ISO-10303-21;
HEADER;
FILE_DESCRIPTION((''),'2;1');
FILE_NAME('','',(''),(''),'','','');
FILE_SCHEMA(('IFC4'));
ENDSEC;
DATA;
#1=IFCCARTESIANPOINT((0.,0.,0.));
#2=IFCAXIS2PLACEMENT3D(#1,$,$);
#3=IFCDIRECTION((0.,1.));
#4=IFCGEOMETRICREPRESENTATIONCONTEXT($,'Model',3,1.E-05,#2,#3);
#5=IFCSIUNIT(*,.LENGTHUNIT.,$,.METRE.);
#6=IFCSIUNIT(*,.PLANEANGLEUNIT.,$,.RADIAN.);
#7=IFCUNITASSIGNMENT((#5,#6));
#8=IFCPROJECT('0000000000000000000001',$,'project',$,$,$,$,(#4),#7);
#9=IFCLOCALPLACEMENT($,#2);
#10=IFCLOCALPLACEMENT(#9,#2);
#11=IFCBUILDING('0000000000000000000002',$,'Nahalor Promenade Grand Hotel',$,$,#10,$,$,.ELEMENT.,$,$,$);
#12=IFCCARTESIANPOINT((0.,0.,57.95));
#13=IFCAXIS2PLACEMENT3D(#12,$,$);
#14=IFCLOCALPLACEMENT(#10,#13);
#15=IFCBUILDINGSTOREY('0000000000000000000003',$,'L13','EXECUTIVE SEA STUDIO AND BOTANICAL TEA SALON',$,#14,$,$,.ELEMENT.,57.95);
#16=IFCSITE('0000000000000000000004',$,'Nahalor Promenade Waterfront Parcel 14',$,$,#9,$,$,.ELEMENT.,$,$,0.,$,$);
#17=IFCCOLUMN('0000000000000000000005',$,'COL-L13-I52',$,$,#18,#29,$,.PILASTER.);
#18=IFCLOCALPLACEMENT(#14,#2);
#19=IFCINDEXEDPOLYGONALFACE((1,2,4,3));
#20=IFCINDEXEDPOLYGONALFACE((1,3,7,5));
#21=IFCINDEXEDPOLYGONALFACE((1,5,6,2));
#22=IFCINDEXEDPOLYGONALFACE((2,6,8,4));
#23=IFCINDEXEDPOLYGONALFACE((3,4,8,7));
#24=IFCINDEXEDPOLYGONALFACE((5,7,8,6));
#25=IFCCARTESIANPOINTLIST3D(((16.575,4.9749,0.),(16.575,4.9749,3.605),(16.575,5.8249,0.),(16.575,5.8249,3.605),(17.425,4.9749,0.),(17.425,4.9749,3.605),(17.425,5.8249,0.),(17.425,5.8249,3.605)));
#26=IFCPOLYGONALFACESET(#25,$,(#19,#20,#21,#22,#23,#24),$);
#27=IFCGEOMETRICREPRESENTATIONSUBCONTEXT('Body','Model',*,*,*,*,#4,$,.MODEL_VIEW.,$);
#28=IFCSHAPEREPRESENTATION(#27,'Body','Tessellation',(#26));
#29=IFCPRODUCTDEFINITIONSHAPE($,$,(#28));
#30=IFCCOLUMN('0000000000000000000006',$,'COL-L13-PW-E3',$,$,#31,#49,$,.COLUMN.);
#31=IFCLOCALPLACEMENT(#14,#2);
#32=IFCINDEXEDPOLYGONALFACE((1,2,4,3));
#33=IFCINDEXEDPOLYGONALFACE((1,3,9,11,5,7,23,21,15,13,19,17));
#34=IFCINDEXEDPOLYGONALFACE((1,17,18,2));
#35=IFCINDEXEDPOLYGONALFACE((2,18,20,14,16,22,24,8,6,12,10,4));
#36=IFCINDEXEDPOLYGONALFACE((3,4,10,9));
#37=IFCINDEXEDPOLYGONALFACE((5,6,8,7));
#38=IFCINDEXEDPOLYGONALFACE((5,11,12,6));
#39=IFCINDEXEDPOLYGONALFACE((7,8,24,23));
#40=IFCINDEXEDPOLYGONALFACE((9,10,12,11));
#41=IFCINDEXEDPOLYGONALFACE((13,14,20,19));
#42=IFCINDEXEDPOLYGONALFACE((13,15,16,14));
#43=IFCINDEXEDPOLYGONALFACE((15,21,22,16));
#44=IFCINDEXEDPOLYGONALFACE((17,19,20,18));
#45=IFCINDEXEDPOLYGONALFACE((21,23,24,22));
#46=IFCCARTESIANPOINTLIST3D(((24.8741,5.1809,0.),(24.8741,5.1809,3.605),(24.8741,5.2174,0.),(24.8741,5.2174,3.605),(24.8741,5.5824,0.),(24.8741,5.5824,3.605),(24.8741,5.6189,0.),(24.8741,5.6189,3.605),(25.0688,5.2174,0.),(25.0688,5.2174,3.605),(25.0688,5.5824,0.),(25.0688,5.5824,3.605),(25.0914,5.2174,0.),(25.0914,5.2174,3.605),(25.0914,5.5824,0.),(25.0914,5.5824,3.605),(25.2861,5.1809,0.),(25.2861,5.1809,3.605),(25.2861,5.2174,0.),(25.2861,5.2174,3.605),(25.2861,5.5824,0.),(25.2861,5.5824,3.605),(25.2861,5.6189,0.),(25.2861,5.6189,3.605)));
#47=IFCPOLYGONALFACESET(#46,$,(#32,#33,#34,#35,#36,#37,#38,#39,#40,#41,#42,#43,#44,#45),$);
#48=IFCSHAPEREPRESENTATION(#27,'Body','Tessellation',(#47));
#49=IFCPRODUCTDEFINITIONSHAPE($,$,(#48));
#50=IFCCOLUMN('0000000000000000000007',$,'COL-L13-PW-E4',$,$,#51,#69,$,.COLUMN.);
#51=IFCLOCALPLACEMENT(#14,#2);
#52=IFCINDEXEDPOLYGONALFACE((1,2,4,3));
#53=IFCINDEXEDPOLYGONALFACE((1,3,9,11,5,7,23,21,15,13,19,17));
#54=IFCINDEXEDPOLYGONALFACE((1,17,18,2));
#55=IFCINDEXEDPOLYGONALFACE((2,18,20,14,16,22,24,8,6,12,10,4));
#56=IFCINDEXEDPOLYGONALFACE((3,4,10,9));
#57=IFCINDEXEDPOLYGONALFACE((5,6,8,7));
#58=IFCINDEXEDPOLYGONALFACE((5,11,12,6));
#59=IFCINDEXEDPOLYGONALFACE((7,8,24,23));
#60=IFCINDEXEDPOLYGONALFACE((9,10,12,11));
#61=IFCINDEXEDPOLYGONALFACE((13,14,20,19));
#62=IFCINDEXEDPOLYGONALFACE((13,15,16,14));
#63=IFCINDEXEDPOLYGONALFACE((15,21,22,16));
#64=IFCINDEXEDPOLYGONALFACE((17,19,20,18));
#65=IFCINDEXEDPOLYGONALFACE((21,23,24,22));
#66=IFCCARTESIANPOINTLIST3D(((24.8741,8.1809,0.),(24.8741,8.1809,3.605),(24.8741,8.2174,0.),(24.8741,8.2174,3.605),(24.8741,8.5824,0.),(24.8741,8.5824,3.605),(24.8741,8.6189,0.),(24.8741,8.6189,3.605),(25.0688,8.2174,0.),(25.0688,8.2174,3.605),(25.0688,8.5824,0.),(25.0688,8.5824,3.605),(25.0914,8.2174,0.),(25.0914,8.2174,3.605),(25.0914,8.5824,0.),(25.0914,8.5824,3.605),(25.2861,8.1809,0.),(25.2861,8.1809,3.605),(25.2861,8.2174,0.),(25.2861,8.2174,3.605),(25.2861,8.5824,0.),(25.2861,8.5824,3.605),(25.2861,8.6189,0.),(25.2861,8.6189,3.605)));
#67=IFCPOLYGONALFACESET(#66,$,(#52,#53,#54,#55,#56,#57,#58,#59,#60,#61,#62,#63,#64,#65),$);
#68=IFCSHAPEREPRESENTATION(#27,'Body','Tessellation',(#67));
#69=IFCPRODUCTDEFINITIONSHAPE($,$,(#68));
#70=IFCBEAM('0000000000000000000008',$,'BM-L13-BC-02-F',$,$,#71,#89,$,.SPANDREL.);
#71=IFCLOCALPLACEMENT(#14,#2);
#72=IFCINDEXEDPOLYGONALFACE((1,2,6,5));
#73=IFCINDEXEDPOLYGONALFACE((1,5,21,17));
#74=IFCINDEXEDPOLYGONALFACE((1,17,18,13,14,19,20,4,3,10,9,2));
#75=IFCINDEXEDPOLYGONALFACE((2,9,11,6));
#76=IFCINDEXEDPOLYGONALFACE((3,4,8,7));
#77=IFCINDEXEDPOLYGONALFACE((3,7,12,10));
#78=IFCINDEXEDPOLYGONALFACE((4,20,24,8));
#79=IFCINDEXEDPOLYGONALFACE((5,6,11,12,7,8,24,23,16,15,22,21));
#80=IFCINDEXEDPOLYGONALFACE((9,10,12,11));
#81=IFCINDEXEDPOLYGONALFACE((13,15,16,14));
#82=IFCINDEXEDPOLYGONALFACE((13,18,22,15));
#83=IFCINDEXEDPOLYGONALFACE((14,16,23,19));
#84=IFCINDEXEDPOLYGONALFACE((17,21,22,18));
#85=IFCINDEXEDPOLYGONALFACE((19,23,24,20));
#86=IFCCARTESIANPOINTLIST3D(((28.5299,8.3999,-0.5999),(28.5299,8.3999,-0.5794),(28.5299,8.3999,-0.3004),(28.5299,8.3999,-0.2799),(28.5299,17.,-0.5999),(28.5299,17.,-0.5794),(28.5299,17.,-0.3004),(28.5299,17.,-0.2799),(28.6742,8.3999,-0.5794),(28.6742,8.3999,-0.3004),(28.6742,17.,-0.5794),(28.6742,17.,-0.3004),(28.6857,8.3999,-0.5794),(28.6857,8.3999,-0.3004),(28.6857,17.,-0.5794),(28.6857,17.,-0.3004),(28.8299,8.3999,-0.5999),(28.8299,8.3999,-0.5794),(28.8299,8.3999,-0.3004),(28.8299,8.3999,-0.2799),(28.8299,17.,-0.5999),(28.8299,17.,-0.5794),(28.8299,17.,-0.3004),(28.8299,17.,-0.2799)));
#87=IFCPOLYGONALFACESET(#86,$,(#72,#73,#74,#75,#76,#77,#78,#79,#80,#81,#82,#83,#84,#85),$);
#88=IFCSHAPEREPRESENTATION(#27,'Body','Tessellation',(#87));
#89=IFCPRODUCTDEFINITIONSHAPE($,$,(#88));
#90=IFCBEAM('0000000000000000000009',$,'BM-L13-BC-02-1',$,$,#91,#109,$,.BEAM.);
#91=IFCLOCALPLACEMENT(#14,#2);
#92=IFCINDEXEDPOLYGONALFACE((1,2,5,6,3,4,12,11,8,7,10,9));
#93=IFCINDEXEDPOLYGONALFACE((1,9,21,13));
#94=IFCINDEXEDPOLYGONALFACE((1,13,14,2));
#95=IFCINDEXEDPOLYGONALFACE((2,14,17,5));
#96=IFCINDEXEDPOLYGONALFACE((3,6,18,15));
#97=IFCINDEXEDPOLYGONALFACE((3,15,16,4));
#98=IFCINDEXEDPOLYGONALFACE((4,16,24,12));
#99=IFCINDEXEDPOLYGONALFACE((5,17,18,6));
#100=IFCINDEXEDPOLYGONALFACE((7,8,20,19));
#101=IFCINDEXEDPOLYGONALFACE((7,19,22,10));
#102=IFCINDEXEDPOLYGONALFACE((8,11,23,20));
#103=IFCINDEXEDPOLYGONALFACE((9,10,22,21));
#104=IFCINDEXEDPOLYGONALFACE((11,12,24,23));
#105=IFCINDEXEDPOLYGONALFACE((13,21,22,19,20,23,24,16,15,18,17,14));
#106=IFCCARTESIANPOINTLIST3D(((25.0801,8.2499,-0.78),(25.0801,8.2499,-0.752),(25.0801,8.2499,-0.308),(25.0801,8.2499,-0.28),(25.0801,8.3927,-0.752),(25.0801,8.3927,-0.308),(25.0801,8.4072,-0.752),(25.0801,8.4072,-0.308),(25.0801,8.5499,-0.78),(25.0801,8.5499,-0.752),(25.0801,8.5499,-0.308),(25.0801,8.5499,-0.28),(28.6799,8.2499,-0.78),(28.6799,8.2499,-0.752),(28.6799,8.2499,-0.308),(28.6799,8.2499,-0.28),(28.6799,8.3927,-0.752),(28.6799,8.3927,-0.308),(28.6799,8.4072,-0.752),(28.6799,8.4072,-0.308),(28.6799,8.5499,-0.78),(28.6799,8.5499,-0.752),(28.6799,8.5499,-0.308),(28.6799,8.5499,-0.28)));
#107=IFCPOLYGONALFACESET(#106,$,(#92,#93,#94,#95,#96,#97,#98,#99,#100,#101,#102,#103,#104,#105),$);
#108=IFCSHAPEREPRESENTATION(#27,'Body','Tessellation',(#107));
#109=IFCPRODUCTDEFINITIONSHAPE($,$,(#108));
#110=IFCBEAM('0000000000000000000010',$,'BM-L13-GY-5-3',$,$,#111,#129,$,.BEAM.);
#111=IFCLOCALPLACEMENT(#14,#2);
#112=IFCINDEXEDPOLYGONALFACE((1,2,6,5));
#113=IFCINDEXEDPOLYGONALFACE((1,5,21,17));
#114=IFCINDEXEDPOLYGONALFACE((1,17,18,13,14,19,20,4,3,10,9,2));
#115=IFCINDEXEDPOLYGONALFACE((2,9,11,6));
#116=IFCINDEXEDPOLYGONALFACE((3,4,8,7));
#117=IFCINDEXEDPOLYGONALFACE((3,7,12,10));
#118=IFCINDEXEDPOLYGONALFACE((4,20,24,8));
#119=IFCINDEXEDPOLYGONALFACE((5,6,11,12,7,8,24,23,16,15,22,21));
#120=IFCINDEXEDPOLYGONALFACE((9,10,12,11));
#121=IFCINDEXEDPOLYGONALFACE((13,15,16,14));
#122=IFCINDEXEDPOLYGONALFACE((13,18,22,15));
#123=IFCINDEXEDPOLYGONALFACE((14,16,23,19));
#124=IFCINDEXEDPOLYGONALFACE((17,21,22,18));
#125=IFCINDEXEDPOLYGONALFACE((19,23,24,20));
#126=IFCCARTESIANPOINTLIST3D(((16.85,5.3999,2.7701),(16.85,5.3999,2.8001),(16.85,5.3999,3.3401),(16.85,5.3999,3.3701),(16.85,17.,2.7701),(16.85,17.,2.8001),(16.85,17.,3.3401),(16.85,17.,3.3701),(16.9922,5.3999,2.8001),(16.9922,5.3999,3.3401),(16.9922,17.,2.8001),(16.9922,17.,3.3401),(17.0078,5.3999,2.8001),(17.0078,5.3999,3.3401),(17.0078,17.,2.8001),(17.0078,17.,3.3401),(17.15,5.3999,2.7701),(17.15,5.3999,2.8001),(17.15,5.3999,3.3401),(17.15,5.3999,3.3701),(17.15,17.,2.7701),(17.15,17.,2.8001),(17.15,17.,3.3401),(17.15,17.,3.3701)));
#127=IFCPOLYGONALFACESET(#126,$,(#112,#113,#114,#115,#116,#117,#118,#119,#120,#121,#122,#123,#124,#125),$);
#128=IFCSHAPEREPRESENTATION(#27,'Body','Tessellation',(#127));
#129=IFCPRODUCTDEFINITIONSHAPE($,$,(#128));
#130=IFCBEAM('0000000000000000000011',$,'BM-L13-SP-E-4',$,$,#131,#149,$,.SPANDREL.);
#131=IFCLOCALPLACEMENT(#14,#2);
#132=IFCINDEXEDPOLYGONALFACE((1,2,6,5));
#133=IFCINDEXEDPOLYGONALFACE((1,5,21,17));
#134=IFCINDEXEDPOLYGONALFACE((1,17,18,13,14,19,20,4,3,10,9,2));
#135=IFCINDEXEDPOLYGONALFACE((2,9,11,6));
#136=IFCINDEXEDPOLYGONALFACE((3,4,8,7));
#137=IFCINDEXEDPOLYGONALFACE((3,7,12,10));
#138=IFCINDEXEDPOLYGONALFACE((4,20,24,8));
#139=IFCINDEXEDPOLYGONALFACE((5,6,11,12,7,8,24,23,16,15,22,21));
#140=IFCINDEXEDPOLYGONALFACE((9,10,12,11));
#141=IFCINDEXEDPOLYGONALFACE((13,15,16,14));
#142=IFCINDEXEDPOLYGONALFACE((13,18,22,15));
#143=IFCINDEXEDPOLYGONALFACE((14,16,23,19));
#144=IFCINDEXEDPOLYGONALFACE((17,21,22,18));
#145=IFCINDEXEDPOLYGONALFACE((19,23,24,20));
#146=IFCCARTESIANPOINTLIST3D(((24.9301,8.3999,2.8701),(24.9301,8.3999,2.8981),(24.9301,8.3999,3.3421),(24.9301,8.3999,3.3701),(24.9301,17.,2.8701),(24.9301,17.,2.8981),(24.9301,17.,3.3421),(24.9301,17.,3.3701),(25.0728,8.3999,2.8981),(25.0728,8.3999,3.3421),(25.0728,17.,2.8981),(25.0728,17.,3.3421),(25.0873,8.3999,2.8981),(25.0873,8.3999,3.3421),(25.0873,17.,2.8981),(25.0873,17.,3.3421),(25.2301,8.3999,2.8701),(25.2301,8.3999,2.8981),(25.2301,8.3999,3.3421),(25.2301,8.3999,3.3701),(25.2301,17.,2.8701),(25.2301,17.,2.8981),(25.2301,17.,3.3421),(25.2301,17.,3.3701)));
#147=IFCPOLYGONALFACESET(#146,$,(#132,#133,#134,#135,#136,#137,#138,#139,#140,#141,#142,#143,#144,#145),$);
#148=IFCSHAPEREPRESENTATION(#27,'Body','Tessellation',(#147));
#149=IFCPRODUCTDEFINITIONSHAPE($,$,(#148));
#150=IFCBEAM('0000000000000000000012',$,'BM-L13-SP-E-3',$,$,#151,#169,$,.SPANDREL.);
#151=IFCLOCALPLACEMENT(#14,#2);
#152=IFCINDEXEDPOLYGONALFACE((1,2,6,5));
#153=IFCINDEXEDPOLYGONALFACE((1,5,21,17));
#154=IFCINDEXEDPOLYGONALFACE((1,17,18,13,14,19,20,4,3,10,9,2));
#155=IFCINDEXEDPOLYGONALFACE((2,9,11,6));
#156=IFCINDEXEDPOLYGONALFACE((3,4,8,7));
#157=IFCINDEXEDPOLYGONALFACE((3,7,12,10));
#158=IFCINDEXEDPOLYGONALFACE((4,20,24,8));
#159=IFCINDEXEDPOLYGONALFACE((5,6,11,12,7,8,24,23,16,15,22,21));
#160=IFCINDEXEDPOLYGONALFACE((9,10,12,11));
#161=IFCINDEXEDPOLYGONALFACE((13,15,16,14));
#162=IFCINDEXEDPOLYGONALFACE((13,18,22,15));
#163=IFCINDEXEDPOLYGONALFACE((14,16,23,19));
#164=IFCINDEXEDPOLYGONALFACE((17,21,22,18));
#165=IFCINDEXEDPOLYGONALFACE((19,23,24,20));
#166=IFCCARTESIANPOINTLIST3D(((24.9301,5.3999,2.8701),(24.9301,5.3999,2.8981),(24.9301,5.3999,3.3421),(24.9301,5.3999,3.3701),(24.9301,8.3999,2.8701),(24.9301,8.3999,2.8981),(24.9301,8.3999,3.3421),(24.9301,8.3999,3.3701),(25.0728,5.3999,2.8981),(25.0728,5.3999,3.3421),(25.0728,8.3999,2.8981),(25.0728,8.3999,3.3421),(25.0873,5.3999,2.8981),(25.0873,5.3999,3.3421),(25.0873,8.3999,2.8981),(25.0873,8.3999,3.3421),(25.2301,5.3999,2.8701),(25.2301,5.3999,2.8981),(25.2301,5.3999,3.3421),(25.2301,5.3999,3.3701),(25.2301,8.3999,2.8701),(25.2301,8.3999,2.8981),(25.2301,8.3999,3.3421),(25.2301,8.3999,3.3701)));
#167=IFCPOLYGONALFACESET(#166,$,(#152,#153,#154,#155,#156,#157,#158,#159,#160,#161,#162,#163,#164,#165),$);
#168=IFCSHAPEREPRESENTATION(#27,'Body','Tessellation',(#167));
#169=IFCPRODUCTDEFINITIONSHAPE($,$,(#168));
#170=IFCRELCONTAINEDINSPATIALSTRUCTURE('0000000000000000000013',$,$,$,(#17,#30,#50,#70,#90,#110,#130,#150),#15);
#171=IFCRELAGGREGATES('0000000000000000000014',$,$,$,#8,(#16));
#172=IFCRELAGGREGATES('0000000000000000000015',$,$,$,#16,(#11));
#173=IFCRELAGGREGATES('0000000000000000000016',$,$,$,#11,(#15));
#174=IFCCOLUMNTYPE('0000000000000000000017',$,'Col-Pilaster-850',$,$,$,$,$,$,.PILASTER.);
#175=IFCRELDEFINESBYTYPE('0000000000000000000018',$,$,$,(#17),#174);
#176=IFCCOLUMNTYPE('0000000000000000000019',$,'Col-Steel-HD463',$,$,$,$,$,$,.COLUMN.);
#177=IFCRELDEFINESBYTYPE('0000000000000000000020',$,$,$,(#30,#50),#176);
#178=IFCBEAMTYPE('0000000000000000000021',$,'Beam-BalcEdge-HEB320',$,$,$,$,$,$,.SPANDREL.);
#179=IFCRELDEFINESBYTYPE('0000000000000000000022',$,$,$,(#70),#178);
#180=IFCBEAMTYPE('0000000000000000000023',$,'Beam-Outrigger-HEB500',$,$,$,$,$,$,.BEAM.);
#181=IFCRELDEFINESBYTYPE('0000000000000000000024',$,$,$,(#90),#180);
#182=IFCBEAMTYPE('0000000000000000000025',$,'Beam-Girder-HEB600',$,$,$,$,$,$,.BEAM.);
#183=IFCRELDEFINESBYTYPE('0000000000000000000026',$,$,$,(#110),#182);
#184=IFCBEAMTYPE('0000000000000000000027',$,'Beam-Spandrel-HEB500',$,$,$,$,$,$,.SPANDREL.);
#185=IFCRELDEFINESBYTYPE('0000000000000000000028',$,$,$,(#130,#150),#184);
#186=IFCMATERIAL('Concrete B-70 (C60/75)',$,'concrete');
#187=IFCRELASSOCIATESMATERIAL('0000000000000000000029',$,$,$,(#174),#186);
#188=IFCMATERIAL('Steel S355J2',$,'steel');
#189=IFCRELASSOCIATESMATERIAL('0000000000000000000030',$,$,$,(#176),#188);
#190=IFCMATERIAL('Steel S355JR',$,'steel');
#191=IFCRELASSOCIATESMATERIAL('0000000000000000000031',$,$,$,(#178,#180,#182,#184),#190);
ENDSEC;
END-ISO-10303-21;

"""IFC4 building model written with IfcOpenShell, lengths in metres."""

from ifc_helpers import new_model, si_unit, direction, frame, origin, origin_2d, place, context, subcontext, project, spatial, rectangle, i_section, extrude, source, transform, mapped, material, material_profile, profile_set, type_object, element, save


model = new_model("IFC4")

# Units and contexts
model_context = context("Model", 3, precision=1e-05, world=origin(), true_north=direction((0.0, 1.0)))
body_context = subcontext(model_context, "Body", "Model", "MODEL_VIEW")
ifc_project = project(units=[si_unit("LENGTHUNIT", "METRE"), si_unit("PLANEANGLEUNIT", "RADIAN")], contexts=[model_context])

# Site, building, storey
site_placement = place(None, origin())
site = spatial("IfcSite", under=ifc_project, at=site_placement, Name="Nahalor Promenade Waterfront Parcel 14", CompositionType="ELEMENT", RefElevation=0.0)
building_placement = place(site_placement, origin())
building = spatial("IfcBuilding", under=site, at=building_placement, Name="Nahalor Promenade Grand Hotel", CompositionType="ELEMENT")
storey_placement = place(building_placement, frame((0.0, 0.0, 57.95)))
storey = spatial("IfcBuildingStorey", under=building, at=storey_placement, Name="L13", Description="EXECUTIVE SEA STUDIO AND BOTANICAL TEA SALON", CompositionType="ELEMENT", Elevation=57.95)

# Columns
ifc_material_1 = material(Name="Concrete B-70 (C60/75)", Category="concrete")
ifc_material_profile_1 = material_profile(ifc_material_1, rectangle(XDim=0.85, YDim=0.85, at=origin_2d()), Name="RC 850x850")
ifc_profile_set_1 = profile_set([ifc_material_profile_1], Name="Concrete B-70 (C60/75)")
column_type_1 = type_object("IfcColumnType", Name="Col-Pilaster-850", PredefinedType="PILASTER", material=ifc_profile_set_1)
shared_shape_1 = source(origin(), body_context, "Body", "SweptSolid", [
    extrude(rectangle(XDim=0.85, YDim=0.85, at=origin_2d()), origin(), (0.0, 0.0, 1.0), 3.605),
])
column_placement = place(storey_placement, frame((17.0, 5.3999, 0.0), z_axis=(0.0, 0.0, 1.0), x_axis=(1.0, 0.0, 0.0)))
element("IfcColumn", 1, at=column_placement, inside=storey, type_object=column_type_1, Name="COL-L13-I52", PredefinedType="PILASTER", context=body_context, shape_type="MappedRepresentation", body=[
    mapped(shared_shape_1, transform((0.0, 0.0, 0.0), scale=1.0)),
])
ifc_material_2 = material(Name="Steel S355J2", Category="steel")
ifc_material_profile_2 = material_profile(ifc_material_2, i_section(OverallWidth=0.412, OverallDepth=0.438, WebThickness=0.0226, FlangeThickness=0.0365, at=origin_2d()), Name="HD 400x463")
ifc_profile_set_2 = profile_set([ifc_material_profile_2], Name="Steel S355J2")
column_type_2 = type_object("IfcColumnType", Name="Col-Steel-HD463", PredefinedType="COLUMN", material=ifc_profile_set_2)
shared_shape_2 = source(origin(), body_context, "Body", "SweptSolid", [
    extrude(i_section(OverallWidth=0.412, OverallDepth=0.438, WebThickness=0.0226, FlangeThickness=0.0365, at=origin_2d()), origin(), (0.0, 0.0, 1.0), 3.605),
])
for number, where, z_axis, x_axis, name in (
    (2, (25.0801, 5.3999, 0.0), (0.0, 0.0, 1.0), (1.0, 0.0, 0.0), "COL-L13-PW-E3"),
    (3, (25.0801, 8.3999, 0.0), (0.0, 0.0, 1.0), (1.0, 0.0, 0.0), "COL-L13-PW-E4"),
):
    element("IfcColumn", number, at=place(storey_placement, frame(where, z_axis=z_axis, x_axis=x_axis)), inside=storey, type_object=column_type_2, Name=name, PredefinedType="COLUMN", context=body_context, shape_type="MappedRepresentation", body=[
        mapped(shared_shape_2, transform((0.0, 0.0, 0.0), scale=1.0)),
    ])

# Beams
ifc_material_3 = material(Name="Steel S355JR", Category="steel")
ifc_material_profile_3 = material_profile(ifc_material_3, i_section(OverallWidth=0.3, OverallDepth=0.32, WebThickness=0.0115, FlangeThickness=0.0205, at=origin_2d()), Name="HEB 320")
ifc_profile_set_3 = profile_set([ifc_material_profile_3], Name="Steel S355JR")
beam_type_1 = type_object("IfcBeamType", Name="Beam-BalcEdge-HEB320", PredefinedType="SPANDREL", material=ifc_profile_set_3)
shared_shape_3 = source(origin(), body_context, "Body", "SweptSolid", [
    extrude(i_section(OverallWidth=0.3, OverallDepth=0.32, WebThickness=0.0115, FlangeThickness=0.0205, at=origin_2d()), origin(), (0.0, 0.0, 1.0), 8.6001),
])
beam_1_placement = place(storey_placement, frame((28.6799, 8.3999, -0.4399), z_axis=(0.0, 1.0, 0.0), x_axis=(-1.0, 0.0, 0.0)))
element("IfcBeam", 4, at=beam_1_placement, inside=storey, type_object=beam_type_1, Name="BM-L13-BC-02-F", PredefinedType="SPANDREL", context=body_context, shape_type="MappedRepresentation", body=[
    mapped(shared_shape_3, transform((0.0, 0.0, 0.0), scale=1.0)),
])
ifc_material_profile_4 = material_profile(ifc_material_3, i_section(OverallWidth=0.3, OverallDepth=0.5, WebThickness=0.0145, FlangeThickness=0.028, at=origin_2d()), Name="HEB 500")
ifc_profile_set_4 = profile_set([ifc_material_profile_4], Name="Steel S355JR")
beam_type_2 = type_object("IfcBeamType", Name="Beam-Outrigger-HEB500", PredefinedType="BEAM", material=ifc_profile_set_4)
shared_shape_4 = source(origin(), body_context, "Body", "SweptSolid", [
    extrude(i_section(OverallWidth=0.3, OverallDepth=0.5, WebThickness=0.0145, FlangeThickness=0.028, at=origin_2d()), origin(), (0.0, 0.0, 1.0), 3.5999),
])
beam_2_placement = place(storey_placement, frame((25.0801, 8.3999, -0.53), z_axis=(1.0, 0.0, 0.0), x_axis=(0.0, 1.0, 0.0)))
element("IfcBeam", 5, at=beam_2_placement, inside=storey, type_object=beam_type_2, Name="BM-L13-BC-02-1", PredefinedType="BEAM", context=body_context, shape_type="MappedRepresentation", body=[
    mapped(shared_shape_4, transform((0.0, 0.0, 0.0), scale=1.0)),
])
ifc_material_profile_5 = material_profile(ifc_material_3, i_section(OverallWidth=0.3, OverallDepth=0.6, WebThickness=0.0155, FlangeThickness=0.03, at=origin_2d()), Name="HEB 600")
ifc_profile_set_5 = profile_set([ifc_material_profile_5], Name="Steel S355JR")
beam_type_3 = type_object("IfcBeamType", Name="Beam-Girder-HEB600", PredefinedType="BEAM", material=ifc_profile_set_5)
shared_shape_5 = source(origin(), body_context, "Body", "SweptSolid", [
    extrude(i_section(OverallWidth=0.3, OverallDepth=0.6, WebThickness=0.0155, FlangeThickness=0.03, at=origin_2d()), origin(), (0.0, 0.0, 1.0), 11.6001),
])
beam_3_placement = place(storey_placement, frame((17.0, 5.3999, 3.0701), z_axis=(0.0, 1.0, 0.0), x_axis=(-1.0, 0.0, 0.0)))
element("IfcBeam", 6, at=beam_3_placement, inside=storey, type_object=beam_type_3, Name="BM-L13-GY-5-3", PredefinedType="BEAM", context=body_context, shape_type="MappedRepresentation", body=[
    mapped(shared_shape_5, transform((0.0, 0.0, 0.0), scale=1.0)),
])
ifc_material_profile_6 = material_profile(ifc_material_3, i_section(OverallWidth=0.3, OverallDepth=0.5, WebThickness=0.0145, FlangeThickness=0.028, at=origin_2d()), Name="HEB 500")
ifc_profile_set_6 = profile_set([ifc_material_profile_6], Name="Steel S355JR")
beam_type_4 = type_object("IfcBeamType", Name="Beam-Spandrel-HEB500", PredefinedType="SPANDREL", material=ifc_profile_set_6)
shared_shape_6 = source(origin(), body_context, "Body", "SweptSolid", [
    extrude(i_section(OverallWidth=0.3, OverallDepth=0.5, WebThickness=0.0145, FlangeThickness=0.028, at=origin_2d()), origin(), (0.0, 0.0, 1.0), 8.6001),
])
beam_4_placement = place(storey_placement, frame((25.0801, 8.3999, 3.1201), z_axis=(0.0, 1.0, 0.0), x_axis=(-1.0, 0.0, 0.0)))
element("IfcBeam", 7, at=beam_4_placement, inside=storey, type_object=beam_type_4, Name="BM-L13-SP-E-4", PredefinedType="SPANDREL", context=body_context, shape_type="MappedRepresentation", body=[
    mapped(shared_shape_6, transform((0.0, 0.0, 0.0), scale=1.0)),
])
shared_shape_7 = source(origin(), body_context, "Body", "SweptSolid", [
    extrude(i_section(OverallWidth=0.3, OverallDepth=0.5, WebThickness=0.0145, FlangeThickness=0.028, at=origin_2d()), origin(), (0.0, 0.0, 1.0), 3.0),
])
beam_5_placement = place(storey_placement, frame((25.0801, 5.3999, 3.1201), z_axis=(0.0, 1.0, 0.0), x_axis=(-1.0, 0.0, 0.0)))
element("IfcBeam", 8, at=beam_5_placement, inside=storey, type_object=beam_type_4, Name="BM-L13-SP-E-3", PredefinedType="SPANDREL", context=body_context, shape_type="MappedRepresentation", body=[
    mapped(shared_shape_7, transform((0.0, 0.0, 0.0), scale=1.0)),
])

save(model, "model.ifc")
